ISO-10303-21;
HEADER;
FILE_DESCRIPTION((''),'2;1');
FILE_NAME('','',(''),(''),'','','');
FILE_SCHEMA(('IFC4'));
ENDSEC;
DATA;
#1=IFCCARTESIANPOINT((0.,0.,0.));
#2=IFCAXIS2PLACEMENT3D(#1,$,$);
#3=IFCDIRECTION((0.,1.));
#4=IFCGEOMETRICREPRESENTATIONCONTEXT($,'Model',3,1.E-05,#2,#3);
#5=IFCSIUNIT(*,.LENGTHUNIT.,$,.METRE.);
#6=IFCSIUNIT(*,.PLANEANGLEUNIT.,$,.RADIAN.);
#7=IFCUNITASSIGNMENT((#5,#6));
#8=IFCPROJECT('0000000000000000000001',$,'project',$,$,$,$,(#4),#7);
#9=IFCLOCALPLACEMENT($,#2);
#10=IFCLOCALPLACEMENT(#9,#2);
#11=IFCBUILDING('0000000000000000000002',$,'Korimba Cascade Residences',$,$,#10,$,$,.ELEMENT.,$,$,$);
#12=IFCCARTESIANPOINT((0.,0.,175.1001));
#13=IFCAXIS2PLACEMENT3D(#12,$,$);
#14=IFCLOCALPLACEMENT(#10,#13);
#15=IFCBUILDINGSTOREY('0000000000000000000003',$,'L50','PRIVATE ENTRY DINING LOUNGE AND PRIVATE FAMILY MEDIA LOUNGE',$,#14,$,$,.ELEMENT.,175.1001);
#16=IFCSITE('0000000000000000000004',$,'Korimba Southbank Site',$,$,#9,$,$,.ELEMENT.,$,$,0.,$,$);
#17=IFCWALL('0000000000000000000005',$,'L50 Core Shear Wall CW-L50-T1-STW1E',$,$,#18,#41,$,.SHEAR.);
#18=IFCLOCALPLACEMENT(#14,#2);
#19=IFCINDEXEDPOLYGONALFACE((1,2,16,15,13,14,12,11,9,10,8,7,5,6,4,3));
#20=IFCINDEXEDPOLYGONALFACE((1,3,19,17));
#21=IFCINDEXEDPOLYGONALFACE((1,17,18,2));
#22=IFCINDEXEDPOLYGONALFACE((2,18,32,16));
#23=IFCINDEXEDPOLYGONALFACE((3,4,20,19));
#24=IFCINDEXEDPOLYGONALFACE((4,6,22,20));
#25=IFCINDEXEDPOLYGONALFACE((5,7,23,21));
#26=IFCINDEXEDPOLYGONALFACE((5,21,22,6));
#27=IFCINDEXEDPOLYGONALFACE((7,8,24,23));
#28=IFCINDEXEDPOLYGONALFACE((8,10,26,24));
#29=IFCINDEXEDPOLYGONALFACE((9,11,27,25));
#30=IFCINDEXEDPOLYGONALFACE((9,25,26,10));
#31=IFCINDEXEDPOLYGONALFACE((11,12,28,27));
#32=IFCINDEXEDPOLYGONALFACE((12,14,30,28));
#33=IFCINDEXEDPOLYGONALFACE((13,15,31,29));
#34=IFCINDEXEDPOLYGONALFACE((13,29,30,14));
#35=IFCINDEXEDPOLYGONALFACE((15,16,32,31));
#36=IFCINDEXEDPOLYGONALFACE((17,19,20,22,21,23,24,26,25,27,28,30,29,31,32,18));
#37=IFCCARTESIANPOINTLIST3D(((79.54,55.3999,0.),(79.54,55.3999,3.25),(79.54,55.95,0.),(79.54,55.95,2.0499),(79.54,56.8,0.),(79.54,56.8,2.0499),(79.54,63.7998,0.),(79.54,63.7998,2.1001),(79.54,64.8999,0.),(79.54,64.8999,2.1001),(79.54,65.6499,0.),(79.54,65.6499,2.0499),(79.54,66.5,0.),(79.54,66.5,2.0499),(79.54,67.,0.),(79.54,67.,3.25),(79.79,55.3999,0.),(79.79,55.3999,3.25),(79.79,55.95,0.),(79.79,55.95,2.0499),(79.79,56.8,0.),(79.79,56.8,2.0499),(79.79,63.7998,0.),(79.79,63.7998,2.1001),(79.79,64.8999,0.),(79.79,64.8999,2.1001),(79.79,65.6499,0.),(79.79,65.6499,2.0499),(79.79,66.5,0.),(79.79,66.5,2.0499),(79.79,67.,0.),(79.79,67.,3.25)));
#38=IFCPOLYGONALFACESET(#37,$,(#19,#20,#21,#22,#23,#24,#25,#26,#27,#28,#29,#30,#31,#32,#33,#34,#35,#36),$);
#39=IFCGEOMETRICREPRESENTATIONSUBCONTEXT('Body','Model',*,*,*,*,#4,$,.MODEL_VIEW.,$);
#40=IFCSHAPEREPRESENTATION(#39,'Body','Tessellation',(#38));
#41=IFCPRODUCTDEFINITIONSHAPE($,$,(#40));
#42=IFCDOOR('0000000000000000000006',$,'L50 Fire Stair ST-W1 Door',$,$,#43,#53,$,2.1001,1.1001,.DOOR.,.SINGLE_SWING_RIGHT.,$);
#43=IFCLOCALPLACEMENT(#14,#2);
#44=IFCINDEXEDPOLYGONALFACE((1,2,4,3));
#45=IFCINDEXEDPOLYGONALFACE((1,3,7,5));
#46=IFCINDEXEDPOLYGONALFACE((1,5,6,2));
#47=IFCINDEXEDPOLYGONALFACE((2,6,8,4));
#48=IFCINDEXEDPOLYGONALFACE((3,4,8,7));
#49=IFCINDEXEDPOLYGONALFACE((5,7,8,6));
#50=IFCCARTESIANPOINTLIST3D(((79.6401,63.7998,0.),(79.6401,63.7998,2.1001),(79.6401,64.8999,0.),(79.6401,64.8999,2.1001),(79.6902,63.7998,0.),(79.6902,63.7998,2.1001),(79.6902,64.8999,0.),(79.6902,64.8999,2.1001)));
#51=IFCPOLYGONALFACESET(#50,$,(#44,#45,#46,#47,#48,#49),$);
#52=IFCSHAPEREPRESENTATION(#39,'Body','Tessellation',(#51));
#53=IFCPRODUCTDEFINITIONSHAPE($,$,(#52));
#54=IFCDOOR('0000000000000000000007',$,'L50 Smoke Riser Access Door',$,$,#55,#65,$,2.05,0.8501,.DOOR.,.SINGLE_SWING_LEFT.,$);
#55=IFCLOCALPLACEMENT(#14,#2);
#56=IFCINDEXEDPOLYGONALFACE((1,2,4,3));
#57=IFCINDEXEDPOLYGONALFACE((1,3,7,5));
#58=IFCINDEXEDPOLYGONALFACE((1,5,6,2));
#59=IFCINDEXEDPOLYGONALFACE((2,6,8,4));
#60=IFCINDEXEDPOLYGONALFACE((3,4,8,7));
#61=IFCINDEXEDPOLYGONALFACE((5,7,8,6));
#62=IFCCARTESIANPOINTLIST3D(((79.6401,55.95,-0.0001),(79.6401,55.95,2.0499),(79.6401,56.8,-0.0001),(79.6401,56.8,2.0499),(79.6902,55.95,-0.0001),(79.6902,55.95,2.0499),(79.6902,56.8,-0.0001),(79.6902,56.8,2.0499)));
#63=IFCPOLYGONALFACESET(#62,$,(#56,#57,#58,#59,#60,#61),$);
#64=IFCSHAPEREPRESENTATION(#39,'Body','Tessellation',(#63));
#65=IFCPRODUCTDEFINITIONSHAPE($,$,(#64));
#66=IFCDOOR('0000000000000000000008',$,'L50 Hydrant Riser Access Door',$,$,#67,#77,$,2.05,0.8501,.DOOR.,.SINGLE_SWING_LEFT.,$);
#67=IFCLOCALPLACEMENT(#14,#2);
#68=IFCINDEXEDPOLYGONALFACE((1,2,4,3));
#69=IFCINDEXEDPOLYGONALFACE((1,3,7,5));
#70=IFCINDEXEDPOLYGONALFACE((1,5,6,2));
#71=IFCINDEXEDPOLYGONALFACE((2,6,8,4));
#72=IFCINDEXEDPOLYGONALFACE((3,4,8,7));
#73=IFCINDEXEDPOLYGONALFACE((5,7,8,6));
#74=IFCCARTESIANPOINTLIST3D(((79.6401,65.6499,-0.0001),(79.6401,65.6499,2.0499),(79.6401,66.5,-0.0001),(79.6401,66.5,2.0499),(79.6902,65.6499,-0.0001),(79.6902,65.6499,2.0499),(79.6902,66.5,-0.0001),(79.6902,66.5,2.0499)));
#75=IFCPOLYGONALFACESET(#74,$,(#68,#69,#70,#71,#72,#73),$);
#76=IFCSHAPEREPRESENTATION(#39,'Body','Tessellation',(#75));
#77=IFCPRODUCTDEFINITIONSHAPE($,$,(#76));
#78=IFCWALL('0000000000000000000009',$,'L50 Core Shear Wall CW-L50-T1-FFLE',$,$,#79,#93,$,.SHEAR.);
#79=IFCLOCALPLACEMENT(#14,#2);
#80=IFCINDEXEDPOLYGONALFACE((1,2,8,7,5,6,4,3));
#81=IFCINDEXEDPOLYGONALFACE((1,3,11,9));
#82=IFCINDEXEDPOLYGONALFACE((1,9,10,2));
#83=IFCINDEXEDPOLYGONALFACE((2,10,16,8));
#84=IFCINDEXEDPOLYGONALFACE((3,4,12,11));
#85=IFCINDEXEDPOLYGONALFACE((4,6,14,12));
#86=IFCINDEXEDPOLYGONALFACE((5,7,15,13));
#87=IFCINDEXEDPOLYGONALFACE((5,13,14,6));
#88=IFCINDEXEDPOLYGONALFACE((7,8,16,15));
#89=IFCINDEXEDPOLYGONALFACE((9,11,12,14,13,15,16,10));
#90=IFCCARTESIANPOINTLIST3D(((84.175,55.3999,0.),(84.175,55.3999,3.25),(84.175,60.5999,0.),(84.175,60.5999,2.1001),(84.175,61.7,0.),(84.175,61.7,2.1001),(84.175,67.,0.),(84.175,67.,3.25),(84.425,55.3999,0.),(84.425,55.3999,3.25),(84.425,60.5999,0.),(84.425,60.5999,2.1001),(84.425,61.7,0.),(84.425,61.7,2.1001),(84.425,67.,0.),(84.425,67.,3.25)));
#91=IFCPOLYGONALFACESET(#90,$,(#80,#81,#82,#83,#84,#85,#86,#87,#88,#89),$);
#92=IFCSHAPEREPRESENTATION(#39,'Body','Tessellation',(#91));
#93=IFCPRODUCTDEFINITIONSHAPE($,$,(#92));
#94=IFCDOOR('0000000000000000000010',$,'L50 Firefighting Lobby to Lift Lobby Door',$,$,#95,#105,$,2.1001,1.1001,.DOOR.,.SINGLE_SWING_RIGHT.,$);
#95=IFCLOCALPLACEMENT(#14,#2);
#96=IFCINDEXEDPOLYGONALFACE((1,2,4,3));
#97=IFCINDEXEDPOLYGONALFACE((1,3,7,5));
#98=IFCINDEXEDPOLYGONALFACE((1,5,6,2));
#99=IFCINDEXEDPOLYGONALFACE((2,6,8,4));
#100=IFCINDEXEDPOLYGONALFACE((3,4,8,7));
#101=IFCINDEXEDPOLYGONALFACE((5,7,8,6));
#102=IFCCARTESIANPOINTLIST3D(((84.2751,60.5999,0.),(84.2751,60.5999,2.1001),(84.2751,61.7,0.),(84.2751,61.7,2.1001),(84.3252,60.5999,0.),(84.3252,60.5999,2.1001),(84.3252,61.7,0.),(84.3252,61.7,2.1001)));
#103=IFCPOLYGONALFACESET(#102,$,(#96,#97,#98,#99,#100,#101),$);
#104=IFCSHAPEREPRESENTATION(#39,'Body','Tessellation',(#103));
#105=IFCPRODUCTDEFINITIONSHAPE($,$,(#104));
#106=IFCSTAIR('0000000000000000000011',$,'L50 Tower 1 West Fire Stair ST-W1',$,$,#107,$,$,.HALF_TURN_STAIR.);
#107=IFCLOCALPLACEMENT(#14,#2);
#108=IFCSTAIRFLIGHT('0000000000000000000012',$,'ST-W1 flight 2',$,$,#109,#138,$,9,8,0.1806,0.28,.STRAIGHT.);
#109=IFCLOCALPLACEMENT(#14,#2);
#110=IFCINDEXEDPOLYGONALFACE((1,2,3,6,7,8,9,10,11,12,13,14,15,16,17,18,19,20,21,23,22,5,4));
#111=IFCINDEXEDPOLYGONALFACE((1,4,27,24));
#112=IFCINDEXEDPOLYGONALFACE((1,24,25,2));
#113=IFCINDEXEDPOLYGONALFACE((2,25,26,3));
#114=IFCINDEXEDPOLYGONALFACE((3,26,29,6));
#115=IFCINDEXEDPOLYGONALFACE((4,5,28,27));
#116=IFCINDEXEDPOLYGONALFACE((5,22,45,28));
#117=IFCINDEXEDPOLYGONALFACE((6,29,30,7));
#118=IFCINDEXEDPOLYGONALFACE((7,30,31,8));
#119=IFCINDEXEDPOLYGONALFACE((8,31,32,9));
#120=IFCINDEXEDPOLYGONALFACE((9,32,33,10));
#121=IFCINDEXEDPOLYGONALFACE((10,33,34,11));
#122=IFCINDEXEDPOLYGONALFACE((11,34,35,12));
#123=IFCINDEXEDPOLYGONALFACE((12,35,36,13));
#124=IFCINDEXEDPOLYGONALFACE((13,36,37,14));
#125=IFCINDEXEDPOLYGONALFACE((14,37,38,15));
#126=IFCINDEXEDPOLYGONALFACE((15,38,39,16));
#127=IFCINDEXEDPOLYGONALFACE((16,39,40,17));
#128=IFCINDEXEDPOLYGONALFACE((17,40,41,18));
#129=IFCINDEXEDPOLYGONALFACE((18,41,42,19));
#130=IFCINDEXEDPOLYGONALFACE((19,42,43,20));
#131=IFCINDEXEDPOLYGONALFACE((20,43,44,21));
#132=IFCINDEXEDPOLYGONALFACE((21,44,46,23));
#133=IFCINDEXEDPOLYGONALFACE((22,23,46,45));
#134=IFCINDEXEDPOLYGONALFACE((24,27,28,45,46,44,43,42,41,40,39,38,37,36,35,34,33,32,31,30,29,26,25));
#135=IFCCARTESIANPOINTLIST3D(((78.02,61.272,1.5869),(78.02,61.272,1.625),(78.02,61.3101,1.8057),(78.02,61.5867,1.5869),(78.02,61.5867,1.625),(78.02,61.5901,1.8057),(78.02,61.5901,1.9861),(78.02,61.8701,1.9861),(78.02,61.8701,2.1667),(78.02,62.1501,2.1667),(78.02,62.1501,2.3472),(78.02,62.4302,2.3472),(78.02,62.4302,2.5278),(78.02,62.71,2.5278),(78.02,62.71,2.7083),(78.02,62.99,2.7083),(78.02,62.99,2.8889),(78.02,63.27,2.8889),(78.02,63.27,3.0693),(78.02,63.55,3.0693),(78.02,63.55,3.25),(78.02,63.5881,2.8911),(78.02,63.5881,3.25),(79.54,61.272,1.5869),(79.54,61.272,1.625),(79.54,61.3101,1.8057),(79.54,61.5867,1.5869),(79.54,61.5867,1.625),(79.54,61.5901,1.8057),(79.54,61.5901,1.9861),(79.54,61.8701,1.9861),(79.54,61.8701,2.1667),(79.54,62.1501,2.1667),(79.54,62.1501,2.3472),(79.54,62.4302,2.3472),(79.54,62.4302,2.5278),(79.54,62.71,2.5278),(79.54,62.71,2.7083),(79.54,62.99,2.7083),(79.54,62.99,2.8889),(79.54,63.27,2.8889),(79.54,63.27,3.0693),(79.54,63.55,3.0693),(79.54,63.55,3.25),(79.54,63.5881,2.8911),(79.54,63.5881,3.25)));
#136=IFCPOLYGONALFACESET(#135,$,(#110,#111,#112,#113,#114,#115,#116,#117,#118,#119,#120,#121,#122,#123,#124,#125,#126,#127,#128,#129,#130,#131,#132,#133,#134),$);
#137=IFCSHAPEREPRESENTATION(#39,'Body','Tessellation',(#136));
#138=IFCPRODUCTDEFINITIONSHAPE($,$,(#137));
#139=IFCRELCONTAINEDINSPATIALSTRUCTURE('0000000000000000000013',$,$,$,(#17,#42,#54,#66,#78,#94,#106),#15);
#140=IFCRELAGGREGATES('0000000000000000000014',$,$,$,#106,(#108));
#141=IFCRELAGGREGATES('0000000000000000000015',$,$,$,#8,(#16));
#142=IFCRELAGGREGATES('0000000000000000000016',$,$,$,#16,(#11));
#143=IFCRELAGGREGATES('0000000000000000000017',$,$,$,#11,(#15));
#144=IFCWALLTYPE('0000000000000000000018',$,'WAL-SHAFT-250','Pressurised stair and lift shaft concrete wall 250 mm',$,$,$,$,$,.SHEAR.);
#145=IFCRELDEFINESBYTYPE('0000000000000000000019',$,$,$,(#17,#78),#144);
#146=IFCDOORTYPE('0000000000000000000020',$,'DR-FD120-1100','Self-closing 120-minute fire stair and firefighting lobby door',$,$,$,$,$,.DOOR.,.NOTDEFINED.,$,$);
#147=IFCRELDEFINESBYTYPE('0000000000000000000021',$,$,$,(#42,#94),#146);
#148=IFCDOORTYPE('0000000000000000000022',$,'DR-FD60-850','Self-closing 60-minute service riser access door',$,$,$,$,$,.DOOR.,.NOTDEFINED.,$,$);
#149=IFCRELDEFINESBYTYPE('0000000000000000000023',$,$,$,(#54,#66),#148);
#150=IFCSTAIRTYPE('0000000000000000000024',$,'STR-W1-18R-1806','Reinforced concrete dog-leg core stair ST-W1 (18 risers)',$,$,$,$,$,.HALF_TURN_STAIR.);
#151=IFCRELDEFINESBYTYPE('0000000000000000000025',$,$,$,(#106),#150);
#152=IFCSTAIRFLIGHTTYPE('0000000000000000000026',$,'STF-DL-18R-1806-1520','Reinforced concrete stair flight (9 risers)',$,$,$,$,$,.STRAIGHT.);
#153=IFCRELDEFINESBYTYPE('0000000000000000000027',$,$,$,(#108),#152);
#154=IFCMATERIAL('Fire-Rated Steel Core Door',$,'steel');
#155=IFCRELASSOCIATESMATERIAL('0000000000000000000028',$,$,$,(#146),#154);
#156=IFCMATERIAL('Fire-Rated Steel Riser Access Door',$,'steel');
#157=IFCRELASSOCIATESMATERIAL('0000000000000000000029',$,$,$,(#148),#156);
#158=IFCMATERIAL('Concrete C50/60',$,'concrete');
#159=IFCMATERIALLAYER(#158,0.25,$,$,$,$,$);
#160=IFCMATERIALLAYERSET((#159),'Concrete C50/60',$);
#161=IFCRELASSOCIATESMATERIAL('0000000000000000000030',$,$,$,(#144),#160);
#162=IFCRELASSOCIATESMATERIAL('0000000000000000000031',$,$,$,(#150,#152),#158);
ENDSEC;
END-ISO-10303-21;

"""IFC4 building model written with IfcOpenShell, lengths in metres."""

from ifc_helpers import new_model, si_unit, direction, frame, frame_2d, origin, place, context, subcontext, project, spatial, polyline, rectangle, outline, extrude, material, layer, layer_set, type_object, element, fill, aggregate, save


model = new_model("IFC4")

# Units and contexts
model_context = context("Model", 3, precision=1e-05, world=origin(), true_north=direction((0.0, 1.0)))
body_context = subcontext(model_context, "Body", "Model", "MODEL_VIEW")
ifc_project = project(units=[si_unit("LENGTHUNIT", "METRE"), si_unit("PLANEANGLEUNIT", "RADIAN")], contexts=[model_context])

# Site, building, storey
site_placement = place(None, origin())
site = spatial("IfcSite", under=ifc_project, at=site_placement, Name="Korimba Southbank Site", CompositionType="ELEMENT", RefElevation=0.0)
building_placement = place(site_placement, origin())
building = spatial("IfcBuilding", under=site, at=building_placement, Name="Korimba Cascade Residences", CompositionType="ELEMENT")
storey_placement = place(building_placement, frame((0.0, 0.0, 175.1001)))
storey = spatial("IfcBuildingStorey", under=building, at=storey_placement, Name="L50", Description="PRIVATE ENTRY DINING LOUNGE AND PRIVATE FAMILY MEDIA LOUNGE", CompositionType="ELEMENT", Elevation=175.1001)

# Shared definitions
ifc_material_1 = material(Name="Fire-Rated Steel Core Door", Category="steel")
door_type_1 = type_object("IfcDoorType", Name="DR-FD120-1100", Description="Self-closing 120-minute fire stair and firefighting lobby door", OperationType="NOTDEFINED", PredefinedType="DOOR", material=ifc_material_1)

# Wall, openings, doors
ifc_material_2 = material(Name="Fire-Rated Steel Riser Access Door", Category="steel")
door_type_2 = type_object("IfcDoorType", Name="DR-FD60-850", Description="Self-closing 60-minute service riser access door", OperationType="NOTDEFINED", PredefinedType="DOOR", material=ifc_material_2)
ifc_material_3 = material(Name="Concrete C50/60", Category="concrete")
ifc_layer_1 = layer(ifc_material_3, 0.25)
ifc_layer_set_1 = layer_set([ifc_layer_1], Name="Concrete C50/60")
wall_type_1 = type_object("IfcWallType", Name="WAL-SHAFT-250", Description="Pressurised stair and lift shaft concrete wall 250 mm", PredefinedType="SHEAR", material=ifc_layer_set_1)
wall_1_placement = place(storey_placement, frame((79.665, 55.3999, 0.0), z_axis=(0.0, 0.0, 1.0), x_axis=(0.0, 1.0, 0.0)))
wall_1 = element("IfcWall", 1, at=wall_1_placement, inside=storey, type_object=wall_type_1, Name="L50 Core Shear Wall CW-L50-T1-STW1E", PredefinedType="SHEAR", context=body_context, shape_type="SweptSolid", body=[
    extrude(rectangle(XDim=11.6001, YDim=0.25, at=frame_2d((5.8, 0.0))), origin(), (0.0, 0.0, 1.0), 3.25),
])
opening_1_placement = place(wall_1_placement, frame((0.55, 0.0, 0.0)))
opening_1 = element("IfcOpeningElement", 2, at=opening_1_placement, cuts=wall_1, PredefinedType="OPENING", context=body_context, shape_type="SweptSolid", body=[
    extrude(rectangle(XDim=0.8501, YDim=2.05, at=frame_2d((0.425, 1.0249))), frame((0.0, 0.135, 0.0), z_axis=(0.0, -1.0, 0.0), x_axis=(1.0, 0.0, 0.0)), (0.0, 0.0, 1.0), 0.27),
])
opening_2_placement = place(wall_1_placement, frame((8.3999, 0.0, 0.0)))
opening_2 = element("IfcOpeningElement", 3, at=opening_2_placement, cuts=wall_1, PredefinedType="OPENING", context=body_context, shape_type="SweptSolid", body=[
    extrude(rectangle(XDim=1.1001, YDim=2.1001, at=frame_2d((0.55, 1.05))), frame((0.0, 0.135, 0.0), z_axis=(0.0, -1.0, 0.0), x_axis=(1.0, 0.0, 0.0)), (0.0, 0.0, 1.0), 0.27),
])
opening_3_placement = place(wall_1_placement, frame((10.25, 0.0, 0.0)))
opening_3 = element("IfcOpeningElement", 4, at=opening_3_placement, cuts=wall_1, PredefinedType="OPENING", context=body_context, shape_type="SweptSolid", body=[
    extrude(rectangle(XDim=0.8501, YDim=2.05, at=frame_2d((0.425, 1.0249))), frame((0.0, 0.135, 0.0), z_axis=(0.0, -1.0, 0.0), x_axis=(1.0, 0.0, 0.0)), (0.0, 0.0, 1.0), 0.27),
])
door_1_placement = place(opening_2_placement, origin())
door_1 = element("IfcDoor", 5, at=door_1_placement, inside=storey, type_object=door_type_1, Name="L50 Fire Stair ST-W1 Door", OperationType="SINGLE_SWING_RIGHT", OverallHeight=2.1001, OverallWidth=1.1001, PredefinedType="DOOR", context=body_context, shape_type="SweptSolid", body=[
    extrude(rectangle(XDim=1.1001, YDim=2.1001, at=frame_2d((0.55, 1.05))), frame((0.0, 0.0249, 0.0), z_axis=(0.0, -1.0, 0.0), x_axis=(1.0, 0.0, 0.0)), (0.0, 0.0, 1.0), 0.05),
])
fill(opening_2, door_1)
door_2_placement = place(opening_1_placement, origin())
door_2 = element("IfcDoor", 6, at=door_2_placement, inside=storey, type_object=door_type_2, Name="L50 Smoke Riser Access Door", OperationType="SINGLE_SWING_LEFT", OverallHeight=2.05, OverallWidth=0.8501, PredefinedType="DOOR", context=body_context, shape_type="SweptSolid", body=[
    extrude(rectangle(XDim=0.8501, YDim=2.05, at=frame_2d((0.425, 1.0249))), frame((0.0, 0.0249, 0.0), z_axis=(0.0, -1.0, 0.0), x_axis=(1.0, 0.0, 0.0)), (0.0, 0.0, 1.0), 0.05),
])
fill(opening_1, door_2)
door_3_placement = place(opening_3_placement, origin())
door_3 = element("IfcDoor", 7, at=door_3_placement, inside=storey, type_object=door_type_2, Name="L50 Hydrant Riser Access Door", OperationType="SINGLE_SWING_LEFT", OverallHeight=2.05, OverallWidth=0.8501, PredefinedType="DOOR", context=body_context, shape_type="SweptSolid", body=[
    extrude(rectangle(XDim=0.8501, YDim=2.05, at=frame_2d((0.425, 1.0249))), frame((0.0, 0.0249, 0.0), z_axis=(0.0, -1.0, 0.0), x_axis=(1.0, 0.0, 0.0)), (0.0, 0.0, 1.0), 0.05),
])
fill(opening_3, door_3)

# Wall, opening, door
wall_2_placement = place(storey_placement, frame((84.3, 55.3999, 0.0), z_axis=(0.0, 0.0, 1.0), x_axis=(0.0, 1.0, 0.0)))
wall_2 = element("IfcWall", 8, at=wall_2_placement, inside=storey, type_object=wall_type_1, Name="L50 Core Shear Wall CW-L50-T1-FFLE", PredefinedType="SHEAR", context=body_context, shape_type="SweptSolid", body=[
    extrude(rectangle(XDim=11.6001, YDim=0.25, at=frame_2d((5.8, 0.0))), origin(), (0.0, 0.0, 1.0), 3.25),
])
opening_4_placement = place(wall_2_placement, frame((5.2, 0.0, 0.0)))
opening_4 = element("IfcOpeningElement", 9, at=opening_4_placement, cuts=wall_2, PredefinedType="OPENING", context=body_context, shape_type="SweptSolid", body=[
    extrude(rectangle(XDim=1.1001, YDim=2.1001, at=frame_2d((0.55, 1.05))), frame((0.0, 0.135, 0.0), z_axis=(0.0, -1.0, 0.0), x_axis=(1.0, 0.0, 0.0)), (0.0, 0.0, 1.0), 0.27),
])
door_4_placement = place(opening_4_placement, origin())
door_4 = element("IfcDoor", 10, at=door_4_placement, inside=storey, type_object=door_type_1, Name="L50 Firefighting Lobby to Lift Lobby Door", OperationType="SINGLE_SWING_RIGHT", OverallHeight=2.1001, OverallWidth=1.1001, PredefinedType="DOOR", context=body_context, shape_type="SweptSolid", body=[
    extrude(rectangle(XDim=1.1001, YDim=2.1001, at=frame_2d((0.55, 1.05))), frame((0.0, 0.0249, 0.0), z_axis=(0.0, -1.0, 0.0), x_axis=(1.0, 0.0, 0.0)), (0.0, 0.0, 1.0), 0.05),
])
fill(opening_4, door_4)

# Stair, stair flight
stair_type = type_object("IfcStairType", Name="STR-W1-18R-1806", Description="Reinforced concrete dog-leg core stair ST-W1 (18 risers)", PredefinedType="HALF_TURN_STAIR", material=ifc_material_3)
stair_placement = place(storey_placement, origin())
stair = element("IfcStair", 11, at=stair_placement, inside=storey, type_object=stair_type, Name="L50 Tower 1 West Fire Stair ST-W1", PredefinedType="HALF_TURN_STAIR")
stair_flight_type = type_object("IfcStairFlightType", Name="STF-DL-18R-1806-1520", Description="Reinforced concrete stair flight (9 risers)", PredefinedType="STRAIGHT", material=ifc_material_3)
stair_flight_placement = place(storey_placement, frame((78.78, 61.3101, 1.625), z_axis=(0.0, 0.0, 1.0), x_axis=(0.0, 1.0, 0.0)))
stair_flight = element("IfcStairFlight", 12, at=stair_flight_placement, type_object=stair_flight_type, Name="ST-W1 flight 2", NumberOfRisers=9, NumberOfTreads=8, PredefinedType="STRAIGHT", RiserHeight=0.1806, TreadLength=0.28, context=body_context, shape_type="SweptSolid", body=[
    extrude(outline(polyline([(-0.0381, 0.0), (0.0, 0.1807), (0.28, 0.1807), (0.28, 0.3611), (0.5601, 0.3611), (0.5601, 0.5417), (0.8401, 0.5417), (0.8401, 0.7222), (1.1201, 0.7222), (1.1201, 0.9028), (1.3999, 0.9028), (1.3999, 1.0833), (1.6799, 1.0833), (1.6799, 1.2639), (1.96, 1.2639), (1.96, 1.4443), (2.24, 1.4443), (2.24, 1.625), (2.2781, 1.625), (2.2781, 1.2661), (0.2766, 0.0), (0.2766, -0.0381), (-0.0381, -0.0381), (-0.0381, 0.0)])), frame((0.0, 0.76, 0.0), z_axis=(0.0, -1.0, 0.0), x_axis=(1.0, 0.0, 0.0)), (0.0, 0.0, 1.0), 1.52),
])
aggregate(stair, [stair_flight])

save(model, "model.ifc")
